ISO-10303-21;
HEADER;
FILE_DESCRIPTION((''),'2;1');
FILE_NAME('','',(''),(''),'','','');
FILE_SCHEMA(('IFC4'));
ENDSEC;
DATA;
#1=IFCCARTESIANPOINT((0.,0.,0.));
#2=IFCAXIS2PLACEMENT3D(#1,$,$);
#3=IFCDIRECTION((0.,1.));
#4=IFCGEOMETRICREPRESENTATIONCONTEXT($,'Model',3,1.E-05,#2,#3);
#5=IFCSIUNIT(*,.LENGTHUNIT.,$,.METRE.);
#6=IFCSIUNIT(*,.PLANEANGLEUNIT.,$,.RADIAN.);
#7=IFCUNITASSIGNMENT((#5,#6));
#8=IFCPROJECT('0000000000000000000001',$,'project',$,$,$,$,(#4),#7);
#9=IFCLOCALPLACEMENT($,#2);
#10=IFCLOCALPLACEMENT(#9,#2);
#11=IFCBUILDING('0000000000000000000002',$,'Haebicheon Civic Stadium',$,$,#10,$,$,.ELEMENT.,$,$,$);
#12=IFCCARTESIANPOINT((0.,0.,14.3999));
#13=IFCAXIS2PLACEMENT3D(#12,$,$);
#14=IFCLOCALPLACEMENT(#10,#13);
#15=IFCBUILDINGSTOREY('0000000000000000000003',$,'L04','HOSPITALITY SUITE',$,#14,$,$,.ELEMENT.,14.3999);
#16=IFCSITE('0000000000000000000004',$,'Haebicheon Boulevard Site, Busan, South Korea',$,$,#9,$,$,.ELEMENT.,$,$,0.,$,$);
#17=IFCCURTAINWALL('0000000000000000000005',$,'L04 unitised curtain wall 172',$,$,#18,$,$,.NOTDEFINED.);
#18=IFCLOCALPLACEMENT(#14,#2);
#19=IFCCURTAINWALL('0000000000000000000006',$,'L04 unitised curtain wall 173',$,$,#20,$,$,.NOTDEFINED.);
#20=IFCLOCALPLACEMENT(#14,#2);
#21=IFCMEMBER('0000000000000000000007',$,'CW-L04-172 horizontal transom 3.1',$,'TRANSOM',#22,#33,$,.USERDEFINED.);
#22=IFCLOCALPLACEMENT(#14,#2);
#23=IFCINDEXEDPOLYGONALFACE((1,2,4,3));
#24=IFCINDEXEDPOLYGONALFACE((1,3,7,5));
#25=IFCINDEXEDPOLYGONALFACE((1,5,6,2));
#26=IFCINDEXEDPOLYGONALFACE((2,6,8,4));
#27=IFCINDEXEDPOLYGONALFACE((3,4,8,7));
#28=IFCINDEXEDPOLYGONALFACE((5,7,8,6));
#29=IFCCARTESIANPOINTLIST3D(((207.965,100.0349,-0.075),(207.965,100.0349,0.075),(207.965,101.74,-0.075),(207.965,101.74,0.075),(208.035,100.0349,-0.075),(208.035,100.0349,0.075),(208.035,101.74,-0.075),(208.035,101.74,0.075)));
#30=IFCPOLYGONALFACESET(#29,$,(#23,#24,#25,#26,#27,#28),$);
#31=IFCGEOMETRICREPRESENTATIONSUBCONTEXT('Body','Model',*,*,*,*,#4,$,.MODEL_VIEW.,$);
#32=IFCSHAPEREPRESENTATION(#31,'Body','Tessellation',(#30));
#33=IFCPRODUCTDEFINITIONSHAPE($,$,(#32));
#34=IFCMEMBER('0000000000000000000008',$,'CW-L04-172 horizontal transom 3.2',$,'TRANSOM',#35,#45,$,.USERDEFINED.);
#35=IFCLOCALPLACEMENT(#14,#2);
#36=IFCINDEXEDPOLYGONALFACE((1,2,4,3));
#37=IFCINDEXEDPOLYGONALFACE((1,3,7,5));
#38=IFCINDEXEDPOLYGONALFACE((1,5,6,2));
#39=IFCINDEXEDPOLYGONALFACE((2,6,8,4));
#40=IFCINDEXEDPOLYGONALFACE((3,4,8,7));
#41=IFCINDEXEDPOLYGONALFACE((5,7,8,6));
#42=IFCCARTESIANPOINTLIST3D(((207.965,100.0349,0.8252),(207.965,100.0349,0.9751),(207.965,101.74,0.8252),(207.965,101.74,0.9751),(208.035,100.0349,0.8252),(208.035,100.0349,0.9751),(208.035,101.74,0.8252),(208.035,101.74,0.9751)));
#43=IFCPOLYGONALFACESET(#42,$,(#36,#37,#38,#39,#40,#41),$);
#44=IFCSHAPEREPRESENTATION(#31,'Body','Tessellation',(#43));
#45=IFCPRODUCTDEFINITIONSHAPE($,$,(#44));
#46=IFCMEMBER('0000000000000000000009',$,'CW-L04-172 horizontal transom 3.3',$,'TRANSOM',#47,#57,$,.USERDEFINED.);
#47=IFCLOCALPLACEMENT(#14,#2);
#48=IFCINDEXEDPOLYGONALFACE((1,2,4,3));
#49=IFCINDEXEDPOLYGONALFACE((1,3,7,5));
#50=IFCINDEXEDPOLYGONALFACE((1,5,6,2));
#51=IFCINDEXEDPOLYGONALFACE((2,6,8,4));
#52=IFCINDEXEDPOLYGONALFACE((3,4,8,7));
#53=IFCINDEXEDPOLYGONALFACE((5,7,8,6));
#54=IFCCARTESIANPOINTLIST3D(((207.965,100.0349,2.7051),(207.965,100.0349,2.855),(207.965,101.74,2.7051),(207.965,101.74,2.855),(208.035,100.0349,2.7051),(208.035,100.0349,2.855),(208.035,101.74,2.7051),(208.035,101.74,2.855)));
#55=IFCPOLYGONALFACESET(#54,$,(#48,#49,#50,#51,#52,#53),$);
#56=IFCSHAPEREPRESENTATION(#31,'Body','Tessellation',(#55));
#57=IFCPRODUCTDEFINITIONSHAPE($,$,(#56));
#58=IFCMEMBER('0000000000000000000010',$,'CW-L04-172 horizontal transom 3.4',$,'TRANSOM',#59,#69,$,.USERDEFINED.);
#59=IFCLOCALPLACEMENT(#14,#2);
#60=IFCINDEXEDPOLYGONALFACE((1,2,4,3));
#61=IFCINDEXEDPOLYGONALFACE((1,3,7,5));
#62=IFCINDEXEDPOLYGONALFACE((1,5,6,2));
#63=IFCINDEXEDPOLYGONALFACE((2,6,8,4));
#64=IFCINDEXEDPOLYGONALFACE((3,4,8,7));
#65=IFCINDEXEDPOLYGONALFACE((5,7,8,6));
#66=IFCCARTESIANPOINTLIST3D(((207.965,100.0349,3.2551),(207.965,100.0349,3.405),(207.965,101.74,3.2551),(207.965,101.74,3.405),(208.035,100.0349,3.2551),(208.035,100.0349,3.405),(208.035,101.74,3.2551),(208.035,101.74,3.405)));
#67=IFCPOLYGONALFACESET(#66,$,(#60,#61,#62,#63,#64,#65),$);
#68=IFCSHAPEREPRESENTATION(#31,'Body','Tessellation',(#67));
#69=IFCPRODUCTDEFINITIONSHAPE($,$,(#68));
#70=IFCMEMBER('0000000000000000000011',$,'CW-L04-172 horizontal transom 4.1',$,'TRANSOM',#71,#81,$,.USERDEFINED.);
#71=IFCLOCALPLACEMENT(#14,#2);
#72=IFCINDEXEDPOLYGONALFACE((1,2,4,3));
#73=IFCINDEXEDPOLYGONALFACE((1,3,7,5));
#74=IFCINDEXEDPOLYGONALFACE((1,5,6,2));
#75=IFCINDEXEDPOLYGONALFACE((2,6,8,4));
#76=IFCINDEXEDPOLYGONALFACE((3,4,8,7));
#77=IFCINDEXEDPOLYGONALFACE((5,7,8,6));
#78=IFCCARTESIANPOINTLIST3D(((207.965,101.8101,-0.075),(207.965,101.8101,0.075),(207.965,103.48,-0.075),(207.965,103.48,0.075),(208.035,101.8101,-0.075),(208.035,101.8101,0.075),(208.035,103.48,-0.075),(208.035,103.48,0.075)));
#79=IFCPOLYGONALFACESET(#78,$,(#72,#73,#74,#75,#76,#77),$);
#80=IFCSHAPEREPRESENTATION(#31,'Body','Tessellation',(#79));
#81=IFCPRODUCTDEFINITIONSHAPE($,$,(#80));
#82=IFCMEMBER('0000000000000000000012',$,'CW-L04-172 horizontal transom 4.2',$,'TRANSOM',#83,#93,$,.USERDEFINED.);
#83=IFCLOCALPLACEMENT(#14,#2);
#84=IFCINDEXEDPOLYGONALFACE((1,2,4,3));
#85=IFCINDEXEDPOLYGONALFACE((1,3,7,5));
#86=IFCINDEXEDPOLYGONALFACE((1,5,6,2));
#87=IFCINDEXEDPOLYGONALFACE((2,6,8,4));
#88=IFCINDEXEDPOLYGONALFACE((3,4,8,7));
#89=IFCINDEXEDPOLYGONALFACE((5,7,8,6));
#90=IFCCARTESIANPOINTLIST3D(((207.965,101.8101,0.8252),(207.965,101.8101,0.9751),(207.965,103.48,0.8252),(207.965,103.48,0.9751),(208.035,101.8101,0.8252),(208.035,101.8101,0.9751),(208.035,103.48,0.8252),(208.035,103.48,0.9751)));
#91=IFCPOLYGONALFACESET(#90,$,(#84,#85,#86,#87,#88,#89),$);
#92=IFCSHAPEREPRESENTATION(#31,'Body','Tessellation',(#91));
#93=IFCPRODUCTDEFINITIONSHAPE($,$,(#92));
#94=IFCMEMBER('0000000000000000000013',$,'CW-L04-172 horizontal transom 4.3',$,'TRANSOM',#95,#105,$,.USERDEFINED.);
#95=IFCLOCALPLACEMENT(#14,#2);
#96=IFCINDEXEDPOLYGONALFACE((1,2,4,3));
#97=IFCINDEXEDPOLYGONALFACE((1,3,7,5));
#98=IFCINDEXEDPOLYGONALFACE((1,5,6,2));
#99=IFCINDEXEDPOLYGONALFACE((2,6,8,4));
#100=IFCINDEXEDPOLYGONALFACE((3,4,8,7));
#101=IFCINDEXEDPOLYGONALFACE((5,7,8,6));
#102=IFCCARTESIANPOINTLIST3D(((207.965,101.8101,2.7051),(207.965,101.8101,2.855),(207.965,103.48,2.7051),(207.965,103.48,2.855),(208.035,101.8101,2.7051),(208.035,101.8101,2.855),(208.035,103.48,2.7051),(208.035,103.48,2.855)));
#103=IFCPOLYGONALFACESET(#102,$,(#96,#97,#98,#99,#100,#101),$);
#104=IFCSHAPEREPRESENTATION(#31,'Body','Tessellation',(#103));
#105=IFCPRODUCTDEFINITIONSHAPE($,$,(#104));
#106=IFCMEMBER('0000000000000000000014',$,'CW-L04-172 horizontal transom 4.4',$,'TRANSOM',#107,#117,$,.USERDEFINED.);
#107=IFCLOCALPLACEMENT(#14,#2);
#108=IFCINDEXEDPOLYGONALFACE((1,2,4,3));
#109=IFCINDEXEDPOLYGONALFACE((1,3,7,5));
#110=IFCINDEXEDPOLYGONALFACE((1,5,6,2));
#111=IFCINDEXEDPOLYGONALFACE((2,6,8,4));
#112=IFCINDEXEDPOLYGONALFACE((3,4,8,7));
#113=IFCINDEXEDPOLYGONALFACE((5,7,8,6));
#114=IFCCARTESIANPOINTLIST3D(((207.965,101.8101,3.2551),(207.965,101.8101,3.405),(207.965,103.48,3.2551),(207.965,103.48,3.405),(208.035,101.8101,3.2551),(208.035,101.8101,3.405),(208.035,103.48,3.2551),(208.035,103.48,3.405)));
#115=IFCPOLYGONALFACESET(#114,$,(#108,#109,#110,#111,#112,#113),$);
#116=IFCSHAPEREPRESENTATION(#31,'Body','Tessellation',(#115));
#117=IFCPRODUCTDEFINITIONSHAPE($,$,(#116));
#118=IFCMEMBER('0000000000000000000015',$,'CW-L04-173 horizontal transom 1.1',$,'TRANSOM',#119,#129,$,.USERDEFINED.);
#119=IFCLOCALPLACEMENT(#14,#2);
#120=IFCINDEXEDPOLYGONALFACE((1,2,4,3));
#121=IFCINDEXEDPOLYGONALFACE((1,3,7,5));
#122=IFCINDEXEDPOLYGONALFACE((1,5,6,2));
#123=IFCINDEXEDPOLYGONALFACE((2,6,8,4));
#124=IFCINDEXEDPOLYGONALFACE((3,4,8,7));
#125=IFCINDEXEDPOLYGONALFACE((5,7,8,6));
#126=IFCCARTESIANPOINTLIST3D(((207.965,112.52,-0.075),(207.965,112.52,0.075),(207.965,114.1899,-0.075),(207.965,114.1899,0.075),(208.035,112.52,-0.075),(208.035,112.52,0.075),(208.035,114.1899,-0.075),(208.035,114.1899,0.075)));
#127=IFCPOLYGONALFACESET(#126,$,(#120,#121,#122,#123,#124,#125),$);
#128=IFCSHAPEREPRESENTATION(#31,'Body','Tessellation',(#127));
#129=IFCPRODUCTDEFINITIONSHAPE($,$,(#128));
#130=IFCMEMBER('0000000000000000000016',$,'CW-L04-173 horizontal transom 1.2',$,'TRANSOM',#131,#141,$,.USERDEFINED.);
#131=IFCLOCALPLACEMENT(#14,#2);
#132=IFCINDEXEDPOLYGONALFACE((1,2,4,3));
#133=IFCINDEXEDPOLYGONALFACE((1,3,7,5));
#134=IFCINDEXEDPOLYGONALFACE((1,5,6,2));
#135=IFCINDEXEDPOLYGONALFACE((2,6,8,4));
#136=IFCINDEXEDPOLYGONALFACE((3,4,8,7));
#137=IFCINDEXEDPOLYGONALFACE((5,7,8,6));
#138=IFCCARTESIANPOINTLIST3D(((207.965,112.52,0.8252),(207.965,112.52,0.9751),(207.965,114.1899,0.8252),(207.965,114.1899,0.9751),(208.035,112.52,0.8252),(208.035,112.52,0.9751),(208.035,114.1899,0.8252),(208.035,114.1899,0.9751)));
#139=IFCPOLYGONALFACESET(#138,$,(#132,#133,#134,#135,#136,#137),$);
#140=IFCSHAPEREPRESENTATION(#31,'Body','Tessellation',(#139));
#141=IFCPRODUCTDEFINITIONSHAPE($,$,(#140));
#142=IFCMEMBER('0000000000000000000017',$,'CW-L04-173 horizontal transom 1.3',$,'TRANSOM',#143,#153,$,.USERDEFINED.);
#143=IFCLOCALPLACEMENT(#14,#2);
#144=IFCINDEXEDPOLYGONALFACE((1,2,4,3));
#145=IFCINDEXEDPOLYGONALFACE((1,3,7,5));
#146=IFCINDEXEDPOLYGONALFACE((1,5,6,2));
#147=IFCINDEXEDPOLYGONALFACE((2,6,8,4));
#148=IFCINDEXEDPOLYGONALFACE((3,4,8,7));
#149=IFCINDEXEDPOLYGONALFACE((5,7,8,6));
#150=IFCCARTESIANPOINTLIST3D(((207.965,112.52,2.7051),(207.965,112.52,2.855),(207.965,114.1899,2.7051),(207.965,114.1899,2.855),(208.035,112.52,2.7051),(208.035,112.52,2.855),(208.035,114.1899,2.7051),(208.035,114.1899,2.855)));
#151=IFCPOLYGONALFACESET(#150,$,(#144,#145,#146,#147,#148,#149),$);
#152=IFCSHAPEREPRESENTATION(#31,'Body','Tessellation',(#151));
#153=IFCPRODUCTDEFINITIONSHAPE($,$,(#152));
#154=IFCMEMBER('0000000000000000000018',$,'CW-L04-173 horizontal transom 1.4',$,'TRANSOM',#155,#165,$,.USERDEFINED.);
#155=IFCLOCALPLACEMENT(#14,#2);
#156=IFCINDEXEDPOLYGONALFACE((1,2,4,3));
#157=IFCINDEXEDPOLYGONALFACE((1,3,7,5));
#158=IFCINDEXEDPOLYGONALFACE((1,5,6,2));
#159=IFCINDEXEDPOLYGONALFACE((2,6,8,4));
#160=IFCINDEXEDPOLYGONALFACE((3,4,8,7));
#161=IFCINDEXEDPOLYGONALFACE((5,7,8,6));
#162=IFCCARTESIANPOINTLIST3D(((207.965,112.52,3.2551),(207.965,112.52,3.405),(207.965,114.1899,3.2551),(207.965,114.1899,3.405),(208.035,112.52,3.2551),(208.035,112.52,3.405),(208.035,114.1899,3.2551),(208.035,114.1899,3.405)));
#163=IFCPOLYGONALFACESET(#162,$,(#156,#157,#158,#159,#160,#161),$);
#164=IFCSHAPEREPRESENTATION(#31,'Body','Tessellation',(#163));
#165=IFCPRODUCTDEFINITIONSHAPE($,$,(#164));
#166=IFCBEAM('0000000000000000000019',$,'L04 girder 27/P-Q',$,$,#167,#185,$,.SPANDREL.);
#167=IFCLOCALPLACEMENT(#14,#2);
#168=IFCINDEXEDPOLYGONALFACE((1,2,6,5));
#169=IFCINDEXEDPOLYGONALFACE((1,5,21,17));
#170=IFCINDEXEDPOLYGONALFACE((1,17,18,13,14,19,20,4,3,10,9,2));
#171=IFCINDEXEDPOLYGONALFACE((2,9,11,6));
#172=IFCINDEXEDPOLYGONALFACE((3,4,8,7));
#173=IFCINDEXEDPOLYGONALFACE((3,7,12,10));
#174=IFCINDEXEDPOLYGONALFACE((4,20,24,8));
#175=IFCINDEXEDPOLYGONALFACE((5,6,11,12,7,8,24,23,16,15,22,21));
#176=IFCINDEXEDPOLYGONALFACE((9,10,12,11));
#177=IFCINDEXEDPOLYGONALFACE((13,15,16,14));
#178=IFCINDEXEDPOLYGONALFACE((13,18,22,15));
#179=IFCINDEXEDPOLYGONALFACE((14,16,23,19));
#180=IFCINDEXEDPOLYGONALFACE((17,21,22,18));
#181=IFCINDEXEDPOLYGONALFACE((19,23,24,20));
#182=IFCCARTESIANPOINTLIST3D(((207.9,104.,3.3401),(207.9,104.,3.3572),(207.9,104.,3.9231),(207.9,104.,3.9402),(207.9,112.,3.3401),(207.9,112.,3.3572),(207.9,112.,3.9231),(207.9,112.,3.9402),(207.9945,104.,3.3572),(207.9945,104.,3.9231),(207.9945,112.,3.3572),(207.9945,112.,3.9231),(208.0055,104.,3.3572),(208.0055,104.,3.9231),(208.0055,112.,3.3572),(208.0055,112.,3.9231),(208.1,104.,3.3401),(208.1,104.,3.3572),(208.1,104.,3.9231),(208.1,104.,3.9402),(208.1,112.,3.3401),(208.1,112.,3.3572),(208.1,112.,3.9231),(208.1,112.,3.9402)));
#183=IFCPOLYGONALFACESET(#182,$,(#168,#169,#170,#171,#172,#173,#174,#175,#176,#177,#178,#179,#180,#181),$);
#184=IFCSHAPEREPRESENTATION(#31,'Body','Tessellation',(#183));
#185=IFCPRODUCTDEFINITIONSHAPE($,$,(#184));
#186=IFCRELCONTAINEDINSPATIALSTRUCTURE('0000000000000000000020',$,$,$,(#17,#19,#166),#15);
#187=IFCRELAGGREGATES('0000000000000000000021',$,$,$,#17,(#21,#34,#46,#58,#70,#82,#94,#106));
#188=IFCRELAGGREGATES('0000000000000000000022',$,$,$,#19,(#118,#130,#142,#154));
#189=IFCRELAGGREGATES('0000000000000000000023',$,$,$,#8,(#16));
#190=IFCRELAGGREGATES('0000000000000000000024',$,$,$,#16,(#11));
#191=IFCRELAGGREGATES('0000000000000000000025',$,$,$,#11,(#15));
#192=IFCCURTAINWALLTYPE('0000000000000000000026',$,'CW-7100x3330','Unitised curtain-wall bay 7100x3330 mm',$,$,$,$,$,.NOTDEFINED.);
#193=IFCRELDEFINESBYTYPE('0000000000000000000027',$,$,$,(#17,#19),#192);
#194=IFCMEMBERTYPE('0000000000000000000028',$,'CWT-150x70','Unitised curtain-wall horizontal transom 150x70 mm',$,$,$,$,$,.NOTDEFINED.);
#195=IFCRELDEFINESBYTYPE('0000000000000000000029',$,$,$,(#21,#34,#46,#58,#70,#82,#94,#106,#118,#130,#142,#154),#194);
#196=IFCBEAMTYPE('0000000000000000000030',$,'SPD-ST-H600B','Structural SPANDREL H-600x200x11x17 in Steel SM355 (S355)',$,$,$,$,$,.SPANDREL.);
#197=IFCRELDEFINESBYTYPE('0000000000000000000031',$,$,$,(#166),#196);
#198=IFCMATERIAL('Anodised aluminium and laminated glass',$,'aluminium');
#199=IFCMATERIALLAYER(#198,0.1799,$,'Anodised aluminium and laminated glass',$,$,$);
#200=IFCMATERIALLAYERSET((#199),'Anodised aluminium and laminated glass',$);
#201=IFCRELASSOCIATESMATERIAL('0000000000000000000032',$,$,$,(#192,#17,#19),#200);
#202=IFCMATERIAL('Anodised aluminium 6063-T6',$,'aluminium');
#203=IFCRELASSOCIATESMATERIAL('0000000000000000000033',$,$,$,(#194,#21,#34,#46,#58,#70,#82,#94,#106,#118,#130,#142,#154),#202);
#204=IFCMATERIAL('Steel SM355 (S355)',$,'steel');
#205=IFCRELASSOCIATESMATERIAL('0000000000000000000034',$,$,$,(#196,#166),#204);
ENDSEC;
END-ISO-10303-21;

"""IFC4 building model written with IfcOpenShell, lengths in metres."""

from ifc_helpers import new_model, si_unit, direction, frame, origin, origin_2d, place, context, subcontext, project, spatial, rectangle, i_section, extrude, material, layer, layer_set, material_profile, profile_set, type_object, element, aggregate, save


model = new_model("IFC4")

# Units and contexts
model_context = context("Model", 3, precision=1e-05, world=origin(), true_north=direction((0.0, 1.0)))
body_context = subcontext(model_context, "Body", "Model", "MODEL_VIEW")
ifc_project = project(units=[si_unit("LENGTHUNIT", "METRE"), si_unit("PLANEANGLEUNIT", "RADIAN")], contexts=[model_context])

# Site, building, storey
site_placement = place(None, origin())
site = spatial("IfcSite", under=ifc_project, at=site_placement, Name="Haebicheon Boulevard Site, Busan, South Korea", CompositionType="ELEMENT", RefElevation=0.0)
building_placement = place(site_placement, origin())
building = spatial("IfcBuilding", under=site, at=building_placement, Name="Haebicheon Civic Stadium", CompositionType="ELEMENT")
storey_placement = place(building_placement, frame((0.0, 0.0, 14.3999)))
storey = spatial("IfcBuildingStorey", under=building, at=storey_placement, Name="L04", Description="HOSPITALITY SUITE", CompositionType="ELEMENT", Elevation=14.3999)

# Curtain wall
ifc_material_1 = material(Name="Anodised aluminium and laminated glass", Category="aluminium")
ifc_layer_1 = layer(ifc_material_1, 0.1799, Name="Anodised aluminium and laminated glass")
ifc_layer_set_1 = layer_set([ifc_layer_1], Name="Anodised aluminium and laminated glass")
curtain_wall_type = type_object("IfcCurtainWallType", Name="CW-7100x3330", Description="Unitised curtain-wall bay 7100x3330 mm", PredefinedType="NOTDEFINED", material=ifc_layer_set_1)
curtain_wall_1_placement = place(storey_placement, origin())
curtain_wall_1 = element("IfcCurtainWall", 1, at=curtain_wall_1_placement, inside=storey, type_object=curtain_wall_type, material=ifc_layer_set_1, Name="L04 unitised curtain wall 172", PredefinedType="NOTDEFINED")

# Curtain wall
curtain_wall_2_placement = place(storey_placement, origin())
curtain_wall_2 = element("IfcCurtainWall", 2, at=curtain_wall_2_placement, inside=storey, type_object=curtain_wall_type, material=ifc_layer_set_1, Name="L04 unitised curtain wall 173", PredefinedType="NOTDEFINED")

# Members
ifc_material_2 = material(Name="Anodised aluminium 6063-T6", Category="aluminium")
ifc_material_profile_1 = material_profile(ifc_material_2, rectangle(XDim=0.0701, YDim=0.1499, at=origin_2d()), Name="ALU-TRAN-70x150")
ifc_profile_set_1 = profile_set([ifc_material_profile_1], Name="Anodised aluminium 6063-T6")
member_type_1 = type_object("IfcMemberType", Name="CWT-150x70", Description="Unitised curtain-wall horizontal transom 150x70 mm", PredefinedType="NOTDEFINED", material=ifc_profile_set_1)
member_1_placement = place(storey_placement, frame((208.0, 100.0349, 0.0), z_axis=(0.0, 1.0, 0.0), x_axis=(-1.0, 0.0, 0.0)))
member_1 = element("IfcMember", 3, at=member_1_placement, type_object=member_type_1, material=ifc_profile_set_1, Name="CW-L04-172 horizontal transom 3.1", ObjectType="TRANSOM", PredefinedType="USERDEFINED", context=body_context, shape_type="SweptSolid", body=[
    extrude(rectangle(XDim=0.0701, YDim=0.1499, at=origin_2d()), origin(), (0.0, 0.0, 1.0), 1.7051),
])
member_2_placement = place(storey_placement, frame((208.0, 100.0349, 0.9001), z_axis=(0.0, 1.0, 0.0), x_axis=(-1.0, 0.0, 0.0)))
member_2 = element("IfcMember", 4, at=member_2_placement, type_object=member_type_1, material=ifc_profile_set_1, Name="CW-L04-172 horizontal transom 3.2", ObjectType="TRANSOM", PredefinedType="USERDEFINED", context=body_context, shape_type="SweptSolid", body=[
    extrude(rectangle(XDim=0.0701, YDim=0.1499, at=origin_2d()), origin(), (0.0, 0.0, 1.0), 1.7051),
])
member_3_placement = place(storey_placement, frame((208.0, 100.0349, 2.78), z_axis=(0.0, 1.0, 0.0), x_axis=(-1.0, 0.0, 0.0)))
member_3 = element("IfcMember", 5, at=member_3_placement, type_object=member_type_1, material=ifc_profile_set_1, Name="CW-L04-172 horizontal transom 3.3", ObjectType="TRANSOM", PredefinedType="USERDEFINED", context=body_context, shape_type="SweptSolid", body=[
    extrude(rectangle(XDim=0.0701, YDim=0.1499, at=origin_2d()), origin(), (0.0, 0.0, 1.0), 1.7051),
])
member_4_placement = place(storey_placement, frame((208.0, 100.0349, 3.3301), z_axis=(0.0, 1.0, 0.0), x_axis=(-1.0, 0.0, 0.0)))
member_4 = element("IfcMember", 6, at=member_4_placement, type_object=member_type_1, material=ifc_profile_set_1, Name="CW-L04-172 horizontal transom 3.4", ObjectType="TRANSOM", PredefinedType="USERDEFINED", context=body_context, shape_type="SweptSolid", body=[
    extrude(rectangle(XDim=0.0701, YDim=0.1499, at=origin_2d()), origin(), (0.0, 0.0, 1.0), 1.7051),
])
member_5_placement = place(storey_placement, frame((208.0, 101.8101, 0.0), z_axis=(0.0, 1.0, 0.0), x_axis=(-1.0, 0.0, 0.0)))
member_5 = element("IfcMember", 7, at=member_5_placement, type_object=member_type_1, material=ifc_profile_set_1, Name="CW-L04-172 horizontal transom 4.1", ObjectType="TRANSOM", PredefinedType="USERDEFINED", context=body_context, shape_type="SweptSolid", body=[
    extrude(rectangle(XDim=0.0701, YDim=0.1499, at=origin_2d()), origin(), (0.0, 0.0, 1.0), 1.6699),
])
member_6_placement = place(storey_placement, frame((208.0, 101.8101, 0.9001), z_axis=(0.0, 1.0, 0.0), x_axis=(-1.0, 0.0, 0.0)))
member_6 = element("IfcMember", 8, at=member_6_placement, type_object=member_type_1, material=ifc_profile_set_1, Name="CW-L04-172 horizontal transom 4.2", ObjectType="TRANSOM", PredefinedType="USERDEFINED", context=body_context, shape_type="SweptSolid", body=[
    extrude(rectangle(XDim=0.0701, YDim=0.1499, at=origin_2d()), origin(), (0.0, 0.0, 1.0), 1.6699),
])
member_7_placement = place(storey_placement, frame((208.0, 101.8101, 2.78), z_axis=(0.0, 1.0, 0.0), x_axis=(-1.0, 0.0, 0.0)))
member_7 = element("IfcMember", 9, at=member_7_placement, type_object=member_type_1, material=ifc_profile_set_1, Name="CW-L04-172 horizontal transom 4.3", ObjectType="TRANSOM", PredefinedType="USERDEFINED", context=body_context, shape_type="SweptSolid", body=[
    extrude(rectangle(XDim=0.0701, YDim=0.1499, at=origin_2d()), origin(), (0.0, 0.0, 1.0), 1.6699),
])
member_8_placement = place(storey_placement, frame((208.0, 101.8101, 3.3301), z_axis=(0.0, 1.0, 0.0), x_axis=(-1.0, 0.0, 0.0)))
member_8 = element("IfcMember", 10, at=member_8_placement, type_object=member_type_1, material=ifc_profile_set_1, Name="CW-L04-172 horizontal transom 4.4", ObjectType="TRANSOM", PredefinedType="USERDEFINED", context=body_context, shape_type="SweptSolid", body=[
    extrude(rectangle(XDim=0.0701, YDim=0.1499, at=origin_2d()), origin(), (0.0, 0.0, 1.0), 1.6699),
])
member_9_placement = place(storey_placement, frame((208.0, 112.52, 0.0), z_axis=(0.0, 1.0, 0.0), x_axis=(-1.0, 0.0, 0.0)))
member_9 = element("IfcMember", 11, at=member_9_placement, type_object=member_type_1, material=ifc_profile_set_1, Name="CW-L04-173 horizontal transom 1.1", ObjectType="TRANSOM", PredefinedType="USERDEFINED", context=body_context, shape_type="SweptSolid", body=[
    extrude(rectangle(XDim=0.0701, YDim=0.1499, at=origin_2d()), origin(), (0.0, 0.0, 1.0), 1.6699),
])
member_10_placement = place(storey_placement, frame((208.0, 112.52, 0.9001), z_axis=(0.0, 1.0, 0.0), x_axis=(-1.0, 0.0, 0.0)))
member_10 = element("IfcMember", 12, at=member_10_placement, type_object=member_type_1, material=ifc_profile_set_1, Name="CW-L04-173 horizontal transom 1.2", ObjectType="TRANSOM", PredefinedType="USERDEFINED", context=body_context, shape_type="SweptSolid", body=[
    extrude(rectangle(XDim=0.0701, YDim=0.1499, at=origin_2d()), origin(), (0.0, 0.0, 1.0), 1.6699),
])
member_11_placement = place(storey_placement, frame((208.0, 112.52, 2.78), z_axis=(0.0, 1.0, 0.0), x_axis=(-1.0, 0.0, 0.0)))
member_11 = element("IfcMember", 13, at=member_11_placement, type_object=member_type_1, material=ifc_profile_set_1, Name="CW-L04-173 horizontal transom 1.3", ObjectType="TRANSOM", PredefinedType="USERDEFINED", context=body_context, shape_type="SweptSolid", body=[
    extrude(rectangle(XDim=0.0701, YDim=0.1499, at=origin_2d()), origin(), (0.0, 0.0, 1.0), 1.6699),
])
member_12_placement = place(storey_placement, frame((208.0, 112.52, 3.3301), z_axis=(0.0, 1.0, 0.0), x_axis=(-1.0, 0.0, 0.0)))
member_12 = element("IfcMember", 14, at=member_12_placement, type_object=member_type_1, material=ifc_profile_set_1, Name="CW-L04-173 horizontal transom 1.4", ObjectType="TRANSOM", PredefinedType="USERDEFINED", context=body_context, shape_type="SweptSolid", body=[
    extrude(rectangle(XDim=0.0701, YDim=0.1499, at=origin_2d()), origin(), (0.0, 0.0, 1.0), 1.6699),
])

# Beam
ifc_material_3 = material(Name="Steel SM355 (S355)", Category="steel")
ifc_material_profile_2 = material_profile(ifc_material_3, i_section(OverallWidth=0.2, OverallDepth=0.6001, WebThickness=0.011, FlangeThickness=0.0171, at=origin_2d()), Name="H-600x200x11x17")
ifc_profile_set_2 = profile_set([ifc_material_profile_2], Name="Steel SM355 (S355)")
beam_type_1 = type_object("IfcBeamType", Name="SPD-ST-H600B", Description="Structural SPANDREL H-600x200x11x17 in Steel SM355 (S355)", PredefinedType="SPANDREL", material=ifc_profile_set_2)
for number, where, z_axis, x_axis, name in (
    (15, (208.0, 104.0, 3.6401), (0.0, 1.0, 0.0), (-1.0, 0.0, 0.0), "L04 girder 27/P-Q"),
):
    element("IfcBeam", number, at=place(storey_placement, frame(where, z_axis=z_axis, x_axis=x_axis)), inside=storey, type_object=beam_type_1, material=ifc_profile_set_2, Name=name, PredefinedType="SPANDREL", context=body_context, shape_type="SweptSolid", body=[
        extrude(i_section(OverallWidth=0.2, OverallDepth=0.6001, WebThickness=0.011, FlangeThickness=0.0171, at=origin_2d()), origin(), (0.0, 0.0, 1.0), 8.0),
    ])

aggregate(curtain_wall_1, [member_1, member_2, member_3, member_4, member_5, member_6, member_7, member_8])
aggregate(curtain_wall_2, [member_9, member_10, member_11, member_12])

save(model, "model.ifc")
